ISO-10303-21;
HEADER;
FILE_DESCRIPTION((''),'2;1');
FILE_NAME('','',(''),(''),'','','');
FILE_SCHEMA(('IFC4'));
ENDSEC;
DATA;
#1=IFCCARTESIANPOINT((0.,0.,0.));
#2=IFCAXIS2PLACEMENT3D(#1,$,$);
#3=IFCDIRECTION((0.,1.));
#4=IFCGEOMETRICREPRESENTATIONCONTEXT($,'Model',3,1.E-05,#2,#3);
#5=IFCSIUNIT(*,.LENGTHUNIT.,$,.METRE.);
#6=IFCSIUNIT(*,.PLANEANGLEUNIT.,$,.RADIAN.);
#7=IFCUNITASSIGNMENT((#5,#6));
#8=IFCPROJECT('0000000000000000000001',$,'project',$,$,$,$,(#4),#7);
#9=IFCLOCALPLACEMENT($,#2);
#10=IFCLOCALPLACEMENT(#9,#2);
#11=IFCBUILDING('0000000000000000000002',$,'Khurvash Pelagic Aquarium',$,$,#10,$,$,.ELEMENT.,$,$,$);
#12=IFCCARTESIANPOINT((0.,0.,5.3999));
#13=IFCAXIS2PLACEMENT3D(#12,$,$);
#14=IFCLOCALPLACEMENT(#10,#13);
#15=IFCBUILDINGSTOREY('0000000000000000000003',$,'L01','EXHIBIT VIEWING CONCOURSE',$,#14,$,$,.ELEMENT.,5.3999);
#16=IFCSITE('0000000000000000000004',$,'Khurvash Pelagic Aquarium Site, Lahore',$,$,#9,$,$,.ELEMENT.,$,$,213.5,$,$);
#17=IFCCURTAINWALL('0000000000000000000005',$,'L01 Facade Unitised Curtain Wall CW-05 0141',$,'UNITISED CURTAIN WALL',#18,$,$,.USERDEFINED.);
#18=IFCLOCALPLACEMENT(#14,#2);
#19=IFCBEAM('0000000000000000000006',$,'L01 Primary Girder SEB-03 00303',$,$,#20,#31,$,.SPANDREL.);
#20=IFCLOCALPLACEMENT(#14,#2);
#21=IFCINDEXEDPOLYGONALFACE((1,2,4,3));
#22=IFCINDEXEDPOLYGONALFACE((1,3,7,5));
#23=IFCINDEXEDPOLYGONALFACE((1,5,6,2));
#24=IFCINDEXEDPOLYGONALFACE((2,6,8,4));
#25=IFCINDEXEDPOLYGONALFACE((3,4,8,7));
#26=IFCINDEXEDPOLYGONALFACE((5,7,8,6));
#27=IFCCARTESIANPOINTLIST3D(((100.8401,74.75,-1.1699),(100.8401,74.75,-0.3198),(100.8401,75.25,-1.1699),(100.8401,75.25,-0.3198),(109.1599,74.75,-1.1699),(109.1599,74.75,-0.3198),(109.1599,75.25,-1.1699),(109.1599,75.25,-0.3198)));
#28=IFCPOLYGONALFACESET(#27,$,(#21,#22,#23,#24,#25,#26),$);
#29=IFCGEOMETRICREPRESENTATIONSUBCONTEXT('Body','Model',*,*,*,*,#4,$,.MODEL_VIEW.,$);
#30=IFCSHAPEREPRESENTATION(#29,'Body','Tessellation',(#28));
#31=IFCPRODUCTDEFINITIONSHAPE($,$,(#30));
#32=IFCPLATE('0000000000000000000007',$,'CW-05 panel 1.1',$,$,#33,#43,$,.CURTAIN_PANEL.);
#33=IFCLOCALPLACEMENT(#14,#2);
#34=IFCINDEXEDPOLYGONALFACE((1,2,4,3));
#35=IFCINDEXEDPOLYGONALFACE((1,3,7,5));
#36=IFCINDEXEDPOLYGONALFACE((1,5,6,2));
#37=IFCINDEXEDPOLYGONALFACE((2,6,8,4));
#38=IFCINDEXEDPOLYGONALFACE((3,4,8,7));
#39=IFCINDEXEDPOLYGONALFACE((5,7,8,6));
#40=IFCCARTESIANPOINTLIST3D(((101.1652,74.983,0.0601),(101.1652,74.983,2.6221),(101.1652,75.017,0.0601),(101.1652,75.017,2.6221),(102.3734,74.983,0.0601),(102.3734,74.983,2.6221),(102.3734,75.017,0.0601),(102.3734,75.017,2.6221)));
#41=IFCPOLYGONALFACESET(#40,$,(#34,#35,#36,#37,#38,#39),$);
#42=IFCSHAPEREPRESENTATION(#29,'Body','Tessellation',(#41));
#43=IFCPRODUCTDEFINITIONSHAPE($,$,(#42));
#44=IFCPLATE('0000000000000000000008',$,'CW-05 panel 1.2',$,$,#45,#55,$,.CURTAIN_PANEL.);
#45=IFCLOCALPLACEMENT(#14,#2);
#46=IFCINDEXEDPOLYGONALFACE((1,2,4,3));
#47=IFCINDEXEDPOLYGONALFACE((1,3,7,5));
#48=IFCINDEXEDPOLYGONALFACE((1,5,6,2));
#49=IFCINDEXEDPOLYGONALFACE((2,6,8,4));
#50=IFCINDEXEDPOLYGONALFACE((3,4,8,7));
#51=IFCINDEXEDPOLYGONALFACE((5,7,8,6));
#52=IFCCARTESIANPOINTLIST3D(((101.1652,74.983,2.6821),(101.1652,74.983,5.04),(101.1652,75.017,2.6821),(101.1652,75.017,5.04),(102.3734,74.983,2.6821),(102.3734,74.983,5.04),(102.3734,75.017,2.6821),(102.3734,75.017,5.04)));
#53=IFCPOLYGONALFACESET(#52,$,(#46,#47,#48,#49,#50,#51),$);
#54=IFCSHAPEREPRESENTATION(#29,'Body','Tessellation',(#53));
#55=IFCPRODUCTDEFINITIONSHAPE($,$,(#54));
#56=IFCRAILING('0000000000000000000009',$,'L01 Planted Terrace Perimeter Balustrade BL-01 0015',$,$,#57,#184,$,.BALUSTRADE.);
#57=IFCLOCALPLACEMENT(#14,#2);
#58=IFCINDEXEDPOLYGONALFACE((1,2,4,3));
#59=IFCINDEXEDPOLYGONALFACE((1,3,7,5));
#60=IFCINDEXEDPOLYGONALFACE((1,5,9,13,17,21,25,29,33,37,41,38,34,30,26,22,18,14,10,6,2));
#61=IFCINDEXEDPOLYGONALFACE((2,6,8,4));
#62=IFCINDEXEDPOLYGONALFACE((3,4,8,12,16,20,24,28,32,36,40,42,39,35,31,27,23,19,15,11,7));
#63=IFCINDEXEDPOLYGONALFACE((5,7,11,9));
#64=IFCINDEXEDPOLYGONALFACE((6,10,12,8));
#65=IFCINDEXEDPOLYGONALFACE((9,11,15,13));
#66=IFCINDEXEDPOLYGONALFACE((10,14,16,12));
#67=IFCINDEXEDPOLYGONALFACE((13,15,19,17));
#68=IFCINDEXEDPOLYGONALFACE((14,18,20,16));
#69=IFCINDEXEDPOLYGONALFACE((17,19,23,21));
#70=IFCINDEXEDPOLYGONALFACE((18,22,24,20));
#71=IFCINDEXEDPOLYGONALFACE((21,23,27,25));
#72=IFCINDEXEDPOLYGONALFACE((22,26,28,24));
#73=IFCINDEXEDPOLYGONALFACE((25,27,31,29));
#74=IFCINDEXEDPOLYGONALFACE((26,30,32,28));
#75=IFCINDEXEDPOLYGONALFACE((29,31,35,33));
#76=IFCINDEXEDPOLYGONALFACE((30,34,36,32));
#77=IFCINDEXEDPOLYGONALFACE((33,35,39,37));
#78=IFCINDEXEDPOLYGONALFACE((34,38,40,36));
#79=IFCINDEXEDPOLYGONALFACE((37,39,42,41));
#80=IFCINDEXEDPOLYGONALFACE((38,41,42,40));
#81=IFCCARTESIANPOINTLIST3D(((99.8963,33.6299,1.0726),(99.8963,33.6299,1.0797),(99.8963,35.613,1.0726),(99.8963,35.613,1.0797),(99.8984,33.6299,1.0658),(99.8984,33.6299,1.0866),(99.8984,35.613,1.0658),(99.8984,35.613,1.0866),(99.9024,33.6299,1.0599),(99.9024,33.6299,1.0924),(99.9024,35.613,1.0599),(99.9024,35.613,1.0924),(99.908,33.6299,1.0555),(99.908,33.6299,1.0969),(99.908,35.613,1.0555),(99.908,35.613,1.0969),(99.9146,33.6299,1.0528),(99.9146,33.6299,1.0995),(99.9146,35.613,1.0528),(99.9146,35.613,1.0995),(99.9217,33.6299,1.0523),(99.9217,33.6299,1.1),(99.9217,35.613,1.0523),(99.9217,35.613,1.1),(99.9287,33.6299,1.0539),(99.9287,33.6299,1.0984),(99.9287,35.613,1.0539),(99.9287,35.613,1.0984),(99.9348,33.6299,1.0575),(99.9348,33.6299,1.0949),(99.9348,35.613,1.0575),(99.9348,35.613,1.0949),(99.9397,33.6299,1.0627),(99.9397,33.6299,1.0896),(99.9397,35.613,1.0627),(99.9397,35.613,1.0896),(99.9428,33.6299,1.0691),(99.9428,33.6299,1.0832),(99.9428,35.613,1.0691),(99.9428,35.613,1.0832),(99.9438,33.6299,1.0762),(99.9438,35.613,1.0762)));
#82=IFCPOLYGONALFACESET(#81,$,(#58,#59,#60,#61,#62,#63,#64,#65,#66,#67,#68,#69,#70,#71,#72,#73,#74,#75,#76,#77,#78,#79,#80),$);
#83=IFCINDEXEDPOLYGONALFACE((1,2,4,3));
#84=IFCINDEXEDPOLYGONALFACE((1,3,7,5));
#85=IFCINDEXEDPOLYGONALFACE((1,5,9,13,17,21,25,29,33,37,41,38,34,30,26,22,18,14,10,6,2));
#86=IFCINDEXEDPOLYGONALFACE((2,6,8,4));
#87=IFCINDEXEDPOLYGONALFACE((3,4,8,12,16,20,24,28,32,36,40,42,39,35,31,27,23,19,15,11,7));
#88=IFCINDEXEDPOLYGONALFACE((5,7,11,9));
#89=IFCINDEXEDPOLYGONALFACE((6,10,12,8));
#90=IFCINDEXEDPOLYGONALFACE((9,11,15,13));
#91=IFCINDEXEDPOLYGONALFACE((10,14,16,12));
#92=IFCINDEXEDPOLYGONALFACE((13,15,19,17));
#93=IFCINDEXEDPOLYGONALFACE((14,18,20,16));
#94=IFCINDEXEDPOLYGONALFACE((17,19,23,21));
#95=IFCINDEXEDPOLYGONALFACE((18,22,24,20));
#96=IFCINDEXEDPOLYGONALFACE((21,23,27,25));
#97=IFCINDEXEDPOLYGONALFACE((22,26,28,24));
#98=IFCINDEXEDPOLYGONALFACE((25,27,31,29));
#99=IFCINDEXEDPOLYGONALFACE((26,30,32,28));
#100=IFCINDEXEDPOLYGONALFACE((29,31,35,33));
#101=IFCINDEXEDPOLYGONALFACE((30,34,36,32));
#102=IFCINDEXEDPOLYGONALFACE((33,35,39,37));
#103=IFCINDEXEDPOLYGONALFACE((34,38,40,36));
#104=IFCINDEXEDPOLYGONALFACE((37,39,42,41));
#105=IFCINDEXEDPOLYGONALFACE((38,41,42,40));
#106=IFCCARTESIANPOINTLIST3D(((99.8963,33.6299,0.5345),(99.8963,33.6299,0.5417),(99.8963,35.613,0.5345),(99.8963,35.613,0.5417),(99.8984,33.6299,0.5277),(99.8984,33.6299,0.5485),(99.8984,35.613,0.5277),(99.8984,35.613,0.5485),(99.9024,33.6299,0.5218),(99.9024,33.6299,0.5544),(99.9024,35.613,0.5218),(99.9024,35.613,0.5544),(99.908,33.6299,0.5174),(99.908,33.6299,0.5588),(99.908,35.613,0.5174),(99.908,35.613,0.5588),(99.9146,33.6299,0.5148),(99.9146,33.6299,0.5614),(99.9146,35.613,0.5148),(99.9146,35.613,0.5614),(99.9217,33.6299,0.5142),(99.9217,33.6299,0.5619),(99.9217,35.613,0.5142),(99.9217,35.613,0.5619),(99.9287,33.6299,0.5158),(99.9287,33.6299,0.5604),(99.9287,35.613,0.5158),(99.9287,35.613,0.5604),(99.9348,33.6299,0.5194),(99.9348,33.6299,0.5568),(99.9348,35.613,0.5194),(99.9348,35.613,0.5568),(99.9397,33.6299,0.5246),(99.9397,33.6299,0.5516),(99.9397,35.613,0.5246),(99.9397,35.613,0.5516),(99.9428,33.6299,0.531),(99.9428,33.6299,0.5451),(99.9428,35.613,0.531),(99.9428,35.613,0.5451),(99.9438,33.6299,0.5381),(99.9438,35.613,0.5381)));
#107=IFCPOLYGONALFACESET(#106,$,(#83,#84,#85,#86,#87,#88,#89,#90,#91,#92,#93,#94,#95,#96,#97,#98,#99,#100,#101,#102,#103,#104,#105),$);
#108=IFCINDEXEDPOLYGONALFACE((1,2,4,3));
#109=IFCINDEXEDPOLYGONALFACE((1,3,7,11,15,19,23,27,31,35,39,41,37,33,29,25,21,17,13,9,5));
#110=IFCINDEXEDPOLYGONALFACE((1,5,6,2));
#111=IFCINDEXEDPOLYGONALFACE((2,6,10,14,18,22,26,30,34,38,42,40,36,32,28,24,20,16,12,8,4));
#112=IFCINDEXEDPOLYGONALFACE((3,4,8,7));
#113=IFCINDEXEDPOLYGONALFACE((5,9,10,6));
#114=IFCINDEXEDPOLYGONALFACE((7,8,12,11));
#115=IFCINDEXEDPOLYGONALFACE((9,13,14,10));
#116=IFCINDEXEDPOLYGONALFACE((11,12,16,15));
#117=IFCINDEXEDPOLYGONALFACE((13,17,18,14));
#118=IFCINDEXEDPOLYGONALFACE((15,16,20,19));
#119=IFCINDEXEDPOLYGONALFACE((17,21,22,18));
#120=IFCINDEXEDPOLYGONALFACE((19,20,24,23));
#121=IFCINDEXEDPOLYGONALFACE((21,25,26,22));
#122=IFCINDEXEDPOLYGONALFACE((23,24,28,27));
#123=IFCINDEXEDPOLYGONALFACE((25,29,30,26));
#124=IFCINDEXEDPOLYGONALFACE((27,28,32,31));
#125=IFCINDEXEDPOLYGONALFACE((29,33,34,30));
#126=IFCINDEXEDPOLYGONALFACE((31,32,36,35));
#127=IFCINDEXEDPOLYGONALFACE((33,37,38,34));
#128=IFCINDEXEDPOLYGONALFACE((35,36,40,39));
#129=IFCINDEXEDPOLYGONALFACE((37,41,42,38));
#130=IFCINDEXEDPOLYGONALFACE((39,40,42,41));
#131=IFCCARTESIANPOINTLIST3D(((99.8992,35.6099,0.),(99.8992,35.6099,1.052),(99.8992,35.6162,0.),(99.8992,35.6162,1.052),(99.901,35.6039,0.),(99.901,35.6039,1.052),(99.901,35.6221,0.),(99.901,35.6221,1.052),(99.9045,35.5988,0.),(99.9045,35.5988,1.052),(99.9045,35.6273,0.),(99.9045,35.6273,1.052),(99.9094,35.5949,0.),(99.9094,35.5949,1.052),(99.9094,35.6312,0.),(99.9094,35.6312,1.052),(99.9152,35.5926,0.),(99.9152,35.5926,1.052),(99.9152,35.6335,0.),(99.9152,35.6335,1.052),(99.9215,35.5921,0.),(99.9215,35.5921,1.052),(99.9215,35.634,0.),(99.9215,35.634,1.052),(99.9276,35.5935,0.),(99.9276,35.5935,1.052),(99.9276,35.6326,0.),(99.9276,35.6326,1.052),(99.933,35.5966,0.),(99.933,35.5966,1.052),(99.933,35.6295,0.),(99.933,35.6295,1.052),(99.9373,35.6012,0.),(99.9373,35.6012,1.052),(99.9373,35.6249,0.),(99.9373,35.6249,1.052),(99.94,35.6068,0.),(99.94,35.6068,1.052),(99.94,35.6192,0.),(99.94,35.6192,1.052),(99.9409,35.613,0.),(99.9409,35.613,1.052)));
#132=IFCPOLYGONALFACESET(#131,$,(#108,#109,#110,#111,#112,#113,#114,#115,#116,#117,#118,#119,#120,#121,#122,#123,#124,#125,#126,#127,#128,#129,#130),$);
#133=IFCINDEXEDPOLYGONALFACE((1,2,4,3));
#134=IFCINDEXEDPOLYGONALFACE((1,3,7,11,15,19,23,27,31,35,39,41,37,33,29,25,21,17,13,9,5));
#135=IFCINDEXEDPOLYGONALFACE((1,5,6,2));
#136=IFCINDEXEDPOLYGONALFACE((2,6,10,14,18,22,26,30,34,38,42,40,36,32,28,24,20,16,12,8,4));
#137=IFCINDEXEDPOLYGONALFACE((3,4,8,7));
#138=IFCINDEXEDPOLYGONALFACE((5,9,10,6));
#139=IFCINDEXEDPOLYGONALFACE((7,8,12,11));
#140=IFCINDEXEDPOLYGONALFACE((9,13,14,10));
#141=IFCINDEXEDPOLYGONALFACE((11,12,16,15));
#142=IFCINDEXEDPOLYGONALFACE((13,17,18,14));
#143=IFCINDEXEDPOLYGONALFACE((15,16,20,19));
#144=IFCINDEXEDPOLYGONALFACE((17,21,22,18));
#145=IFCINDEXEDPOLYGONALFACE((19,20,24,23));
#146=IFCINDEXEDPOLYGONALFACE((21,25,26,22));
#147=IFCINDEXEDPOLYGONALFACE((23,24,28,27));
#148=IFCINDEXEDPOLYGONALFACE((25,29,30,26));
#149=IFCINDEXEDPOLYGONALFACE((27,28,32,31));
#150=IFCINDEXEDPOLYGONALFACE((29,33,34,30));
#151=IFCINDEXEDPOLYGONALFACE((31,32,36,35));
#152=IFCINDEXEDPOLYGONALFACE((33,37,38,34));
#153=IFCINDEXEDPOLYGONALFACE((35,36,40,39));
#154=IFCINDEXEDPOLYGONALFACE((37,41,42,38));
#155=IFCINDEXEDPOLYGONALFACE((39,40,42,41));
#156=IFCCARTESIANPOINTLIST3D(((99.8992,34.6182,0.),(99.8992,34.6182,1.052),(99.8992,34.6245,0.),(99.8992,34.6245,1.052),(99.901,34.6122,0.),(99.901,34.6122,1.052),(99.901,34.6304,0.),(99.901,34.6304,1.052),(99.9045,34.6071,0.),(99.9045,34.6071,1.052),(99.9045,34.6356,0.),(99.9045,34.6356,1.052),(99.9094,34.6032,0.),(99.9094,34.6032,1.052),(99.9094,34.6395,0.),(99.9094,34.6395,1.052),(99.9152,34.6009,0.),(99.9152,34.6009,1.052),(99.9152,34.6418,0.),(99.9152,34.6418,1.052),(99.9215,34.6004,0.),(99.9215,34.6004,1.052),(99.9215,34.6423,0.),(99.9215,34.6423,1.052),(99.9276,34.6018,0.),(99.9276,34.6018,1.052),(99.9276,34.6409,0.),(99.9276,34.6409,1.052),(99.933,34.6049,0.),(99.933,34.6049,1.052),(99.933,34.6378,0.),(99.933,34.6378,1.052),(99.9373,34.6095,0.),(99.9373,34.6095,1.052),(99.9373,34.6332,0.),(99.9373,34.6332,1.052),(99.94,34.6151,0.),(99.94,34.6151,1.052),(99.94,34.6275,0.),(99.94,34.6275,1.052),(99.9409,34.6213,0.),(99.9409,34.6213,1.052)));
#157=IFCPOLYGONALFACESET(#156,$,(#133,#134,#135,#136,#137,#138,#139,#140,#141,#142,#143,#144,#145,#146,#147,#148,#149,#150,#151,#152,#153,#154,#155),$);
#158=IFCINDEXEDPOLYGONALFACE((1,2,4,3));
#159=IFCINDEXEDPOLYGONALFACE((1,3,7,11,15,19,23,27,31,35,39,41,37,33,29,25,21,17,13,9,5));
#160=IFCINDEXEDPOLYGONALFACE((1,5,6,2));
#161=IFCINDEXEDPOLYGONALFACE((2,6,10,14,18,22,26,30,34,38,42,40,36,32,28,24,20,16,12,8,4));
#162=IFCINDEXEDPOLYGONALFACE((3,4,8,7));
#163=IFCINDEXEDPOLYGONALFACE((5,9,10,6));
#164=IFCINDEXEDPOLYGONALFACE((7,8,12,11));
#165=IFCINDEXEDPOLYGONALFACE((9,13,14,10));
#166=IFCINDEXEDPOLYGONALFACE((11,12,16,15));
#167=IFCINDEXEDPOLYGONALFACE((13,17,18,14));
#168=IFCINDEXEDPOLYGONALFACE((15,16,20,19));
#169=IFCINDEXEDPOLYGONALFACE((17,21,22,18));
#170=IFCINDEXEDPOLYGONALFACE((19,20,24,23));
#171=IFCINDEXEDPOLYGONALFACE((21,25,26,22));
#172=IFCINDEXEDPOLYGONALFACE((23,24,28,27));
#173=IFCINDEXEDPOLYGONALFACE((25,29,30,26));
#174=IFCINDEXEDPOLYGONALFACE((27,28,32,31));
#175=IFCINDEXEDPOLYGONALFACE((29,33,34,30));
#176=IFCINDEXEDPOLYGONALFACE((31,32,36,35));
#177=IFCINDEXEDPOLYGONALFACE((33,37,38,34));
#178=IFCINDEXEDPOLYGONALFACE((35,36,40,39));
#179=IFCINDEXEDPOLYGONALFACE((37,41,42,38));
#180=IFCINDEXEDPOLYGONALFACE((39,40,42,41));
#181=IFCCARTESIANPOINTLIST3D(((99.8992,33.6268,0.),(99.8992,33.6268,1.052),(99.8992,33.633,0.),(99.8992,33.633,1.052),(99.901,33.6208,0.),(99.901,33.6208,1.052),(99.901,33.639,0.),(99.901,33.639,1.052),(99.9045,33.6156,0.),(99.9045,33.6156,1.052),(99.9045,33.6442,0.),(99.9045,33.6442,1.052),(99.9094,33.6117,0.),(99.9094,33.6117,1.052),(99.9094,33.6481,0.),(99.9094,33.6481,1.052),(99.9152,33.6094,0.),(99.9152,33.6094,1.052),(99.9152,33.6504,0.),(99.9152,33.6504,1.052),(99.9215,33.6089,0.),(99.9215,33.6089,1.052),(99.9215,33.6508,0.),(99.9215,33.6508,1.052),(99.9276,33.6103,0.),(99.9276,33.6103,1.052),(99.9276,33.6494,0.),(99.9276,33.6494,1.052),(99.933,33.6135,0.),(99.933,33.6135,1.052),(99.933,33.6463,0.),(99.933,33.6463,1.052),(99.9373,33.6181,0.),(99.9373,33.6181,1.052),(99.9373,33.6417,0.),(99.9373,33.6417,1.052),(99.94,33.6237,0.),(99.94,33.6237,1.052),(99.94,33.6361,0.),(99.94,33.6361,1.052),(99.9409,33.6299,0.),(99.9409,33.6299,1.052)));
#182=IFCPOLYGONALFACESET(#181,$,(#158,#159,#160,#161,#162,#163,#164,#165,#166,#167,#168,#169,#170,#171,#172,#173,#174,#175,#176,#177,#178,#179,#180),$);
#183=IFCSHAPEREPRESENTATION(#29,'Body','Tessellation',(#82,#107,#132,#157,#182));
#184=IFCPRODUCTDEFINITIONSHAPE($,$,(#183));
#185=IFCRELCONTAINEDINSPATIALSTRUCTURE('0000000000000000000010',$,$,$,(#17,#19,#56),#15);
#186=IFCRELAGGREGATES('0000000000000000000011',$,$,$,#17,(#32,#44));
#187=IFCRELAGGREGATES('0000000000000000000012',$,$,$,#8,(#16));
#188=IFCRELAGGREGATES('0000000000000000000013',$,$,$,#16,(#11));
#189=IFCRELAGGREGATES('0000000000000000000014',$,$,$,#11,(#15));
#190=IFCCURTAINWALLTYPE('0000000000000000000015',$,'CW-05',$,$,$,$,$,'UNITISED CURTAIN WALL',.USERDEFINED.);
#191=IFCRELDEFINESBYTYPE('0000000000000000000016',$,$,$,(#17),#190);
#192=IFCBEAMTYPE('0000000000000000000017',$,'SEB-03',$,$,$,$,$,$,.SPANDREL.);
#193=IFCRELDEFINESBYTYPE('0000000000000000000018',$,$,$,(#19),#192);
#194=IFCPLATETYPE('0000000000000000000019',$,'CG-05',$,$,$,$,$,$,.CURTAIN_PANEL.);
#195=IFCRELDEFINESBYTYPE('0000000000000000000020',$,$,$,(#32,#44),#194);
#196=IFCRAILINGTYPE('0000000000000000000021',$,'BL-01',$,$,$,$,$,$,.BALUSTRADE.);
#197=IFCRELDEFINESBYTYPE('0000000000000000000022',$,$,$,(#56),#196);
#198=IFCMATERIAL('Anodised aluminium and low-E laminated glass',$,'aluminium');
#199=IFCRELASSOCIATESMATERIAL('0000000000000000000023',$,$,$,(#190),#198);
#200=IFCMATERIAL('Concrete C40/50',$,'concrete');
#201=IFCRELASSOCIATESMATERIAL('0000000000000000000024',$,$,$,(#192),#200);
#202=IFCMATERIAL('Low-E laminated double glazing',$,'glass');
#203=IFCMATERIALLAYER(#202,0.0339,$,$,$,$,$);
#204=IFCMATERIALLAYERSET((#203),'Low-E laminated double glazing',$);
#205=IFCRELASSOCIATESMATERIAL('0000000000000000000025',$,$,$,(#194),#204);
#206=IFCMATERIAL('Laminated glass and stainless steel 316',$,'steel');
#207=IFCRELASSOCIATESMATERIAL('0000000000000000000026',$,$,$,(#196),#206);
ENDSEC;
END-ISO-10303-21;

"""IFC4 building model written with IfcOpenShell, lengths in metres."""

from ifc_helpers import new_model, si_unit, direction, frame, origin, origin_2d, place, context, subcontext, project, spatial, rectangle, circle, extrude, material, layer, layer_set, material_profile, profile_set, type_object, element, aggregate, save


model = new_model("IFC4")

# Units and contexts
model_context = context("Model", 3, precision=1e-05, world=origin(), true_north=direction((0.0, 1.0)))
body_context = subcontext(model_context, "Body", "Model", "MODEL_VIEW")
ifc_project = project(units=[si_unit("LENGTHUNIT", "METRE"), si_unit("PLANEANGLEUNIT", "RADIAN")], contexts=[model_context])

# Site, building, storey
site_placement = place(None, origin())
site = spatial("IfcSite", under=ifc_project, at=site_placement, Name="Khurvash Pelagic Aquarium Site, Lahore", CompositionType="ELEMENT", RefElevation=213.5)
building_placement = place(site_placement, origin())
building = spatial("IfcBuilding", under=site, at=building_placement, Name="Khurvash Pelagic Aquarium", CompositionType="ELEMENT")
storey_placement = place(building_placement, frame((0.0, 0.0, 5.3999)))
storey = spatial("IfcBuildingStorey", under=building, at=storey_placement, Name="L01", Description="EXHIBIT VIEWING CONCOURSE", CompositionType="ELEMENT", Elevation=5.3999)

# Shared definitions
ifc_material_1 = material(Name="Concrete C40/50", Category="concrete")

# Curtain wall
ifc_material_2 = material(Name="Anodised aluminium and low-E laminated glass", Category="aluminium")
curtain_wall_type = type_object("IfcCurtainWallType", Name="CW-05", ElementType="UNITISED CURTAIN WALL", PredefinedType="USERDEFINED", material=ifc_material_2)
curtain_wall_placement = place(storey_placement, origin())
curtain_wall = element("IfcCurtainWall", 1, at=curtain_wall_placement, inside=storey, type_object=curtain_wall_type, Name="L01 Facade Unitised Curtain Wall CW-05 0141", ObjectType="UNITISED CURTAIN WALL", PredefinedType="USERDEFINED")

# Beam
ifc_material_profile_1 = material_profile(ifc_material_1, rectangle(XDim=0.5, YDim=0.8501, at=origin_2d()), Name="RC500X850")
ifc_profile_set_1 = profile_set([ifc_material_profile_1], Name="Concrete C40/50")
beam_type_1 = type_object("IfcBeamType", Name="SEB-03", PredefinedType="SPANDREL", material=ifc_profile_set_1)
beam_placement = place(storey_placement, frame((100.8401, 75.0, -0.7449), z_axis=(1.0, 0.0, 0.0), x_axis=(0.0, 1.0, 0.0)))
element("IfcBeam", 2, at=beam_placement, inside=storey, type_object=beam_type_1, Name="L01 Primary Girder SEB-03 00303", PredefinedType="SPANDREL", context=body_context, shape_type="SweptSolid", body=[
    extrude(rectangle(XDim=0.5, YDim=0.8501, at=origin_2d()), origin(), (0.0, 0.0, 1.0), 8.3198),
])

# Plates
ifc_material_3 = material(Name="Low-E laminated double glazing", Category="glass")
ifc_layer = layer(ifc_material_3, 0.0339)
ifc_layer_set = layer_set([ifc_layer], Name="Low-E laminated double glazing")
plate_type = type_object("IfcPlateType", Name="CG-05", PredefinedType="CURTAIN_PANEL", material=ifc_layer_set)
plate_1_placement = place(storey_placement, frame((101.7693, 75.0, 0.0601), z_axis=(0.0, 0.0, 1.0), x_axis=(1.0, 0.0, 0.0)))
plate_1 = element("IfcPlate", 3, at=plate_1_placement, type_object=plate_type, Name="CW-05 panel 1.1", PredefinedType="CURTAIN_PANEL", context=body_context, shape_type="SweptSolid", body=[
    extrude(rectangle(XDim=1.2083, YDim=0.0339, at=origin_2d()), origin(), (0.0, 0.0, 1.0), 2.562),
])
plate_2_placement = place(storey_placement, frame((101.7693, 75.0, 2.6821), z_axis=(0.0, 0.0, 1.0), x_axis=(1.0, 0.0, 0.0)))
plate_2 = element("IfcPlate", 4, at=plate_2_placement, type_object=plate_type, Name="CW-05 panel 1.2", PredefinedType="CURTAIN_PANEL", context=body_context, shape_type="SweptSolid", body=[
    extrude(rectangle(XDim=1.2083, YDim=0.0339, at=origin_2d()), origin(), (0.0, 0.0, 1.0), 2.3579),
])
aggregate(curtain_wall, [plate_1, plate_2])

# Railing
ifc_material_4 = material(Name="Laminated glass and stainless steel 316", Category="steel")
railing_type = type_object("IfcRailingType", Name="BL-01", PredefinedType="BALUSTRADE", material=ifc_material_4)
railing_1_placement = place(storey_placement, frame((99.9199, 35.613, 0.0)))
element("IfcRailing", 5, at=railing_1_placement, inside=storey, type_object=railing_type, Name="L01 Planted Terrace Perimeter Balustrade BL-01 0015", PredefinedType="BALUSTRADE", context=body_context, shape_type="SweptSolid", body=[
    extrude(circle(Radius=0.0239, at=origin_2d()), frame((0.0, 0.0, 1.0762), z_axis=(0.0, -1.0, 0.0), x_axis=(1.0, 0.0, 0.0)), (0.0, 0.0, 1.0), 1.9832),
    extrude(circle(Radius=0.0239, at=origin_2d()), frame((0.0, 0.0, 0.5381), z_axis=(0.0, -1.0, 0.0), x_axis=(1.0, 0.0, 0.0)), (0.0, 0.0, 1.0), 1.9832),
    extrude(circle(Radius=0.021, at=origin_2d()), origin(), (0.0, 0.0, 1.0), 1.052),
    extrude(circle(Radius=0.021, at=origin_2d()), frame((0.0, -0.9917, 0.0)), (0.0, 0.0, 1.0), 1.052),
    extrude(circle(Radius=0.021, at=origin_2d()), frame((0.0, -1.9832, 0.0)), (0.0, 0.0, 1.0), 1.052),
])

save(model, "model.ifc")
